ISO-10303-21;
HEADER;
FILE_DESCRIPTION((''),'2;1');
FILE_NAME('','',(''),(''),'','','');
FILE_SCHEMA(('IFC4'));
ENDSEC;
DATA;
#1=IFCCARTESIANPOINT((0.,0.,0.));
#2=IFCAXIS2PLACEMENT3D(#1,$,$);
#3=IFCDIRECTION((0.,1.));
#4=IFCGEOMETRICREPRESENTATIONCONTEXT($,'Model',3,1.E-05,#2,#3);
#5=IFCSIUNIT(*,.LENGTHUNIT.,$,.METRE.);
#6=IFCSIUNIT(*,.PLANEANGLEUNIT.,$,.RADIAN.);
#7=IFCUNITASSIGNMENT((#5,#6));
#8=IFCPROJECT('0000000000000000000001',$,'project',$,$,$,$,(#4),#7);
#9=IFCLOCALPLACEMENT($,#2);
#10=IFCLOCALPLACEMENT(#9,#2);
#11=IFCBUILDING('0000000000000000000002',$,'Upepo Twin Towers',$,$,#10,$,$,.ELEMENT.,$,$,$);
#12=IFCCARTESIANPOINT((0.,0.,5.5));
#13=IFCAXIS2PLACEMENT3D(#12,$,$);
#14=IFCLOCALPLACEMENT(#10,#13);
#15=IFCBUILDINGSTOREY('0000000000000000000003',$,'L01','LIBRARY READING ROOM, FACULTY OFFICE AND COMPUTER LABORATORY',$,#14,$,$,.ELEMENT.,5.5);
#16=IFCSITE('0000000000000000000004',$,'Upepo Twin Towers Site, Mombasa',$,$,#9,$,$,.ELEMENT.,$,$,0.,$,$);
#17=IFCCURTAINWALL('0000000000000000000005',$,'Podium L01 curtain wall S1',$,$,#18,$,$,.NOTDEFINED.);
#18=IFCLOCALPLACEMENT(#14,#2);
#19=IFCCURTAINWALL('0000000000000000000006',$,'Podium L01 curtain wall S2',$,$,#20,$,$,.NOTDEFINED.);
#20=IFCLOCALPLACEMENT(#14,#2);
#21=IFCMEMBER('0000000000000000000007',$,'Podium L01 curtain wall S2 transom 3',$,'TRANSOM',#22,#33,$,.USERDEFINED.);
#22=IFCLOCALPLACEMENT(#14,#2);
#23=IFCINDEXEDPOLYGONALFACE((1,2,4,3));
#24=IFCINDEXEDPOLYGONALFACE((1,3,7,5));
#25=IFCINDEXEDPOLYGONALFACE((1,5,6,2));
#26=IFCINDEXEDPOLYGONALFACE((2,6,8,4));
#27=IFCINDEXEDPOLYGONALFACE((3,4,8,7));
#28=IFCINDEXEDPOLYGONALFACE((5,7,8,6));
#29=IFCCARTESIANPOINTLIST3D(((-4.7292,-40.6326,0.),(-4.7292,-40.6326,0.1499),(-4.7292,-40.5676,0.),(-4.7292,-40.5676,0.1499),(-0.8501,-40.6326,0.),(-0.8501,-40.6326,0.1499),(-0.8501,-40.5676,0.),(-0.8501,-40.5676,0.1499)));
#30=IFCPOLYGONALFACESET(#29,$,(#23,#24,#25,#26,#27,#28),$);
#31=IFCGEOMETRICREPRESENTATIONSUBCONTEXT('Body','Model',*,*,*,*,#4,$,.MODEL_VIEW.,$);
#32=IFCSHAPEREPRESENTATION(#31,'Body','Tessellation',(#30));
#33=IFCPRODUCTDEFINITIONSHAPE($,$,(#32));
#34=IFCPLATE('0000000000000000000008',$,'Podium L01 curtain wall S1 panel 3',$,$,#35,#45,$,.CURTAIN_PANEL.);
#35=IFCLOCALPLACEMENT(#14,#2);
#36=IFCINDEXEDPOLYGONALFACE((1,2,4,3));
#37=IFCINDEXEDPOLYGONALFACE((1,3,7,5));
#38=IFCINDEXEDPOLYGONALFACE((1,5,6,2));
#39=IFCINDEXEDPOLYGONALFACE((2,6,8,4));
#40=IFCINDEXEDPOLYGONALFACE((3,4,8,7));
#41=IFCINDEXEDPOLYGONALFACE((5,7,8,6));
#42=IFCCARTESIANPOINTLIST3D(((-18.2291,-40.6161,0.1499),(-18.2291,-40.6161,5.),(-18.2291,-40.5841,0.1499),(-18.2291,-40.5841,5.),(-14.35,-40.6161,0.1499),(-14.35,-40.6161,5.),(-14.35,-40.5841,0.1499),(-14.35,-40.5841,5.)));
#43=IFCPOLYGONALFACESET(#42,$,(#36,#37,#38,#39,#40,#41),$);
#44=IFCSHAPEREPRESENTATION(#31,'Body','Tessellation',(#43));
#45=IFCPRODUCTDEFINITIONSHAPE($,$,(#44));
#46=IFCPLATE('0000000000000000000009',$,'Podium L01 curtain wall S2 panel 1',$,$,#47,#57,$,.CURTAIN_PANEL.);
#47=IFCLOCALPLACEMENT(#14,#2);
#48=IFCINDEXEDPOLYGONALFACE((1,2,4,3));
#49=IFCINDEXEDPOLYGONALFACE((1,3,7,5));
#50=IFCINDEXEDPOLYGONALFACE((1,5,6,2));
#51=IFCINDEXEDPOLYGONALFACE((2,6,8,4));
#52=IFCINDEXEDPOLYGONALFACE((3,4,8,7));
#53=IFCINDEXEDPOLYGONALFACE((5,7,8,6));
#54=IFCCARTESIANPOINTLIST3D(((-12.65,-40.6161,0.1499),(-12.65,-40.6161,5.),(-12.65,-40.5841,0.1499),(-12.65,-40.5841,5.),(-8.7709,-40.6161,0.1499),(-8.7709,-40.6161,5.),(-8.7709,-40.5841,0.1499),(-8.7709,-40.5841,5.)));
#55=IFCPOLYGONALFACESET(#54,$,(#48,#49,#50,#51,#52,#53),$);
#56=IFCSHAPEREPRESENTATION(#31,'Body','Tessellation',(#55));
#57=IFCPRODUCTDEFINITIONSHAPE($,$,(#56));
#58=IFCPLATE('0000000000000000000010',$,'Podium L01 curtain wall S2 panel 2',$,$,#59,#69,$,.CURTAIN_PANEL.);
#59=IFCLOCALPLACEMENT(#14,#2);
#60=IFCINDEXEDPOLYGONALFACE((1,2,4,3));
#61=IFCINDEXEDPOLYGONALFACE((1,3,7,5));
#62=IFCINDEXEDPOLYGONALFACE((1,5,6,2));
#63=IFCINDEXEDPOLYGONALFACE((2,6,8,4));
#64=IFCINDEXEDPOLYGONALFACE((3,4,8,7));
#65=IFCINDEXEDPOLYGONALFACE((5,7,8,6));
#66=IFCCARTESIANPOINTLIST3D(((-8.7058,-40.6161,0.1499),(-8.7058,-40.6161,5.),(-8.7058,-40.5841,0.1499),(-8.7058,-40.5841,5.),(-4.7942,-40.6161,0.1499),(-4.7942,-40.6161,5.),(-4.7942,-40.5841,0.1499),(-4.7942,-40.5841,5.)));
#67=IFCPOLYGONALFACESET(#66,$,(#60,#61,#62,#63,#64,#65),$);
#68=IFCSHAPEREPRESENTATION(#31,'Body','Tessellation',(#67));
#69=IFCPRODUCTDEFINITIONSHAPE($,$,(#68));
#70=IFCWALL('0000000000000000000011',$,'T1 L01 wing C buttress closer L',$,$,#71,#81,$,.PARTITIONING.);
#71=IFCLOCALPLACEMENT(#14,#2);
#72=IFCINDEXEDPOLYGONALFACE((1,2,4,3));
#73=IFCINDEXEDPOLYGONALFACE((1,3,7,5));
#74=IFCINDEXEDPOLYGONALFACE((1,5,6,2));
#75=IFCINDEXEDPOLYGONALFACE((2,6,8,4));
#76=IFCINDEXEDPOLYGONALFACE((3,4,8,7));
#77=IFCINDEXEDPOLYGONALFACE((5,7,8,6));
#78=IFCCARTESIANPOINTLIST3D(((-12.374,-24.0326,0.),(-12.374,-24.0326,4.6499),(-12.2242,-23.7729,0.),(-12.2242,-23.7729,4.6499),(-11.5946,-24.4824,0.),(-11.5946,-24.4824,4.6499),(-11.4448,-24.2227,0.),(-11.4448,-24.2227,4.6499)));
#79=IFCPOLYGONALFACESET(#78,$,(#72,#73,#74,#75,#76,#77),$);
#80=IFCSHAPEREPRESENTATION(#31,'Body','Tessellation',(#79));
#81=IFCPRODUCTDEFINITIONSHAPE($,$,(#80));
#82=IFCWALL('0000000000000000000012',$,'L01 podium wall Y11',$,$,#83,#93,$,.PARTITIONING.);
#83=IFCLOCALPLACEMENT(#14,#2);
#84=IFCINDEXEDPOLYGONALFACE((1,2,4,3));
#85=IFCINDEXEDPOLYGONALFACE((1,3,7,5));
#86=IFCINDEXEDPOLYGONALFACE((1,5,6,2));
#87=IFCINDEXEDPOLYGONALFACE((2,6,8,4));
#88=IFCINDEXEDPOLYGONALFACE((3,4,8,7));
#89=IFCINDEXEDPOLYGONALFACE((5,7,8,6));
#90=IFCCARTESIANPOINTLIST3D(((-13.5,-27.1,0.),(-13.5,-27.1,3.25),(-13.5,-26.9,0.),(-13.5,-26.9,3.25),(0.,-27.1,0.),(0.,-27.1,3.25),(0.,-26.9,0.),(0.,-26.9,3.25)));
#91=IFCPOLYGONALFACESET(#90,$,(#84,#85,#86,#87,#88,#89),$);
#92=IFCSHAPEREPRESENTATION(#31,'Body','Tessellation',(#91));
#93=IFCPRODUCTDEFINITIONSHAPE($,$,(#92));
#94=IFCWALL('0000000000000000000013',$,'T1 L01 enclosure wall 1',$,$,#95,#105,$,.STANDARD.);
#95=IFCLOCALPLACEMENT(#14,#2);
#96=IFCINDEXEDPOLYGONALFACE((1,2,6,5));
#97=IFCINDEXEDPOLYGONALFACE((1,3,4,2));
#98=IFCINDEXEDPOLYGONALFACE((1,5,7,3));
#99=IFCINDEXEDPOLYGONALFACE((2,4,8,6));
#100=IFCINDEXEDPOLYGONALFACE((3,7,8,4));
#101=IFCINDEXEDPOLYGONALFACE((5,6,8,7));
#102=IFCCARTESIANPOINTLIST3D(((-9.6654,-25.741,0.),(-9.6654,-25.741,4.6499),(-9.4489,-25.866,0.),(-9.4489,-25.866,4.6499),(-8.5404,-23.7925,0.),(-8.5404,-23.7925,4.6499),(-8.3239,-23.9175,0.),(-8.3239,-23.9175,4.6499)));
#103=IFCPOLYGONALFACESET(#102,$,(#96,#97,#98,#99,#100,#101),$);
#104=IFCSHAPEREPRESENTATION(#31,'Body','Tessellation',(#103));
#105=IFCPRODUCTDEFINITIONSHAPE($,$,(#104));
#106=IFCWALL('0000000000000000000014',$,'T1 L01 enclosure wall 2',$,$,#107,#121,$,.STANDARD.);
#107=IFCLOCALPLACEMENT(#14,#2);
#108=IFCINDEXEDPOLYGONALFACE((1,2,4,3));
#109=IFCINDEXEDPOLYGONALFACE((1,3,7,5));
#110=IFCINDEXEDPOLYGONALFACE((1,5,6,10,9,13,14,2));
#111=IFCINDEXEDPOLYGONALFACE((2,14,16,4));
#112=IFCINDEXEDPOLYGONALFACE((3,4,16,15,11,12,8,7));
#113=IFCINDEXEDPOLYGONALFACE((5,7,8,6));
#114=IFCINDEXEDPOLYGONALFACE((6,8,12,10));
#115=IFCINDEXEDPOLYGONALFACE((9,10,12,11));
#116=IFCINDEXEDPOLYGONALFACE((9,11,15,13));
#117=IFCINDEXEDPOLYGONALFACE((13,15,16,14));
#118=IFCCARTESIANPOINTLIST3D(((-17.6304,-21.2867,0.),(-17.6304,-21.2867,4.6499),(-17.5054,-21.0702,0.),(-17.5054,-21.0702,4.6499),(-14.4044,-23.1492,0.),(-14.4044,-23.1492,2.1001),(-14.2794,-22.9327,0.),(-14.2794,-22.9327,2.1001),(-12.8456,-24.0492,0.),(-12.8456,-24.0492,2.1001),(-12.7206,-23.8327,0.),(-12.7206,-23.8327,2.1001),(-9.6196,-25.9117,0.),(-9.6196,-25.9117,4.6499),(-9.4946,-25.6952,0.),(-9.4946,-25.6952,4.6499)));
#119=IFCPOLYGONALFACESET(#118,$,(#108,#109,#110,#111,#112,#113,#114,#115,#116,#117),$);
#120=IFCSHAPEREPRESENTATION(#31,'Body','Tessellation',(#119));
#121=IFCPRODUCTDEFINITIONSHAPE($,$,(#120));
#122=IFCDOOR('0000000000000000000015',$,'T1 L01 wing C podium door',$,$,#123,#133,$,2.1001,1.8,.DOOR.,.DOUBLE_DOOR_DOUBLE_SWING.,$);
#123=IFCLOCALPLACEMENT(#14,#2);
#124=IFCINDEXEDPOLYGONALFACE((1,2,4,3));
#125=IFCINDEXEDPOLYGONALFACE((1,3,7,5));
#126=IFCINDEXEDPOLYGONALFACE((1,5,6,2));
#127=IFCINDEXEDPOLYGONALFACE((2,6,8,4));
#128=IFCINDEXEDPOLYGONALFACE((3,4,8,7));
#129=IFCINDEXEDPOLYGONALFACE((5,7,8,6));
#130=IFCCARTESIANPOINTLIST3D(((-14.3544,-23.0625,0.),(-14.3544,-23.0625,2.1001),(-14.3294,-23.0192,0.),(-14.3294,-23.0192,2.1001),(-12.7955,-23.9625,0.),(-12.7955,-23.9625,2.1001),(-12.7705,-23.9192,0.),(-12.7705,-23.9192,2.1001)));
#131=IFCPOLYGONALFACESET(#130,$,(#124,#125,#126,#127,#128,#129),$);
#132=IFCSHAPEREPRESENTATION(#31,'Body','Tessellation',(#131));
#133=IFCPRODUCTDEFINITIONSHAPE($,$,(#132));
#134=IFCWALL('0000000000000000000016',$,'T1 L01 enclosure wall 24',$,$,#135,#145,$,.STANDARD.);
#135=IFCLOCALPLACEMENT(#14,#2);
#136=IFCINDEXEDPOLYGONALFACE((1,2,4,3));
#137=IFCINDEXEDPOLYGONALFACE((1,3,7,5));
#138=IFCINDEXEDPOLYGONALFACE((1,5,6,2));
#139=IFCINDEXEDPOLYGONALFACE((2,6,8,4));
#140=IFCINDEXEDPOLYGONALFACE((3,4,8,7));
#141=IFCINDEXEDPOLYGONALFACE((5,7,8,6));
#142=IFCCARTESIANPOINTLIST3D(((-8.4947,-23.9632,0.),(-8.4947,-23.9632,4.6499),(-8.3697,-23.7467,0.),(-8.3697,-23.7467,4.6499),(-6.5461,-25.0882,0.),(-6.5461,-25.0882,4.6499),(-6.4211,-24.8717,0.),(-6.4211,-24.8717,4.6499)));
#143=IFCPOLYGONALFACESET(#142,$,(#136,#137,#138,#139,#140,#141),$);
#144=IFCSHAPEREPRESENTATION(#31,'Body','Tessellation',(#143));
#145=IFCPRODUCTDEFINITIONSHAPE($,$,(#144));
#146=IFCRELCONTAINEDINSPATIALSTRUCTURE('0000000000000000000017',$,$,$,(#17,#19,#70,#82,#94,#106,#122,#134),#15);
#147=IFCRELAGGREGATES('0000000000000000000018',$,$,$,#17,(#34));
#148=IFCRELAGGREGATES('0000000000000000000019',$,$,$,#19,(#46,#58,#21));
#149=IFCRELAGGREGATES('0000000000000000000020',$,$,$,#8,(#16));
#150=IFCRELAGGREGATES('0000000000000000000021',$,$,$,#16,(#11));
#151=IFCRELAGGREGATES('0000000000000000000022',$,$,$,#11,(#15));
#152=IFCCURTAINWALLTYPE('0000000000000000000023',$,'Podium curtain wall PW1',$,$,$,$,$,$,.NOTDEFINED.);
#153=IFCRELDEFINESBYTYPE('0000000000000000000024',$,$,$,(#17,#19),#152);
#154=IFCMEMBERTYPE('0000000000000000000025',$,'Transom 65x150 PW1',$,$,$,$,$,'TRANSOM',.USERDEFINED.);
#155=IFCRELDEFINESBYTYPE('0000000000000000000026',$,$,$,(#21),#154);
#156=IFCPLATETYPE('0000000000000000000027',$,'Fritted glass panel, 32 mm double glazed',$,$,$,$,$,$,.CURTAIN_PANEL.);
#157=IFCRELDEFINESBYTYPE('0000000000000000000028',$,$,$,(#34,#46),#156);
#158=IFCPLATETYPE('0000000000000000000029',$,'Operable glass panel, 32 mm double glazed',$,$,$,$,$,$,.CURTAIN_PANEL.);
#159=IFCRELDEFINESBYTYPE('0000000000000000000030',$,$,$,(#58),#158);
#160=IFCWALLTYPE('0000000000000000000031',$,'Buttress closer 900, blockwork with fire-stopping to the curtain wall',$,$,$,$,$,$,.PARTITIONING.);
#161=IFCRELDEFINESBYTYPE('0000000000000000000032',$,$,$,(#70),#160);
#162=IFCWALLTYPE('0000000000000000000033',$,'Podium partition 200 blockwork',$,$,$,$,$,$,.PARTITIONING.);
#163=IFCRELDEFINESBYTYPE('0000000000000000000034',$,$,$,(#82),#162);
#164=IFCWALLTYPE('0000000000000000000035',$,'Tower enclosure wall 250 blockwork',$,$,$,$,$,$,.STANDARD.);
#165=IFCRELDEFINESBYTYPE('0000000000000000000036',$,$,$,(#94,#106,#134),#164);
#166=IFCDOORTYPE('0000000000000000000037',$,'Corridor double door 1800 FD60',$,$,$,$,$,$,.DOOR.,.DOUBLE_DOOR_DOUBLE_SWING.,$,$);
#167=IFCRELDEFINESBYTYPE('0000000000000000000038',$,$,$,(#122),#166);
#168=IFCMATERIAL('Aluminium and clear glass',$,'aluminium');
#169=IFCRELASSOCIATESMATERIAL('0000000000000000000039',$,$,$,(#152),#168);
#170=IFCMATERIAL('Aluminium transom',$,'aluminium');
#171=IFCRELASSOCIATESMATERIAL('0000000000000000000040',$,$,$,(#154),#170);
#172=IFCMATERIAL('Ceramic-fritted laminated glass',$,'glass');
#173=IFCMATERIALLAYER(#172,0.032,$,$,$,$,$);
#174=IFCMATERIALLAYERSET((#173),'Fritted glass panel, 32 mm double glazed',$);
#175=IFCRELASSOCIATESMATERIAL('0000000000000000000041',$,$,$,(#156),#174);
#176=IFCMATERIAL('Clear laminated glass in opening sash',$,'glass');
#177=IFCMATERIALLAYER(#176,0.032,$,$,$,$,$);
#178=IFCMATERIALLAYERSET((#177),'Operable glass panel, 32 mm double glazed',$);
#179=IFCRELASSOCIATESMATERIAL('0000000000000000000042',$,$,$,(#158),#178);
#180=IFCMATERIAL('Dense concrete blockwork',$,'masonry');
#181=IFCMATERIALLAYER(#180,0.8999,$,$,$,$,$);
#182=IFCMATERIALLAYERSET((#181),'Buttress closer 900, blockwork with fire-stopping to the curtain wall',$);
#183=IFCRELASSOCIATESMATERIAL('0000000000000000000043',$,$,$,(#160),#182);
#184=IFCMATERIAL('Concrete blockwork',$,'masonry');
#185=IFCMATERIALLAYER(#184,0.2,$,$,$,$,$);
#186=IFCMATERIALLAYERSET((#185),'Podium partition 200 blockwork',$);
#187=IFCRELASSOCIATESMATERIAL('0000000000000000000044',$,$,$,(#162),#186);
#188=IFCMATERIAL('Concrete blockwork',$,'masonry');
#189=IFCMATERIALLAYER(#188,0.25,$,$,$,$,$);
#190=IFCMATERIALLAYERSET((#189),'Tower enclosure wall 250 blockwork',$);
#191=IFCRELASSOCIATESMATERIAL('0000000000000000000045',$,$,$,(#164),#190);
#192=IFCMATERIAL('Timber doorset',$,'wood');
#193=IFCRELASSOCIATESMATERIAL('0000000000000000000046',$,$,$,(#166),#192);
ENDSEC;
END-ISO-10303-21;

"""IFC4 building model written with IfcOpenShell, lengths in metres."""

from ifc_helpers import new_model, si_unit, direction, frame, frame_2d, origin, origin_2d, place, context, subcontext, project, spatial, rectangle, extrude, material, layer, layer_set, material_profile, profile_set, type_object, element, fill, aggregate, save


model = new_model("IFC4")

# Units and contexts
model_context = context("Model", 3, precision=1e-05, world=origin(), true_north=direction((0.0, 1.0)))
body_context = subcontext(model_context, "Body", "Model", "MODEL_VIEW")
ifc_project = project(units=[si_unit("LENGTHUNIT", "METRE"), si_unit("PLANEANGLEUNIT", "RADIAN")], contexts=[model_context])

# Site, building, storey
site_placement = place(None, origin())
site = spatial("IfcSite", under=ifc_project, at=site_placement, Name="Upepo Twin Towers Site, Mombasa", CompositionType="ELEMENT", RefElevation=0.0)
building_placement = place(site_placement, origin())
building = spatial("IfcBuilding", under=site, at=building_placement, Name="Upepo Twin Towers", CompositionType="ELEMENT")
storey_placement = place(building_placement, frame((0.0, 0.0, 5.5)))
storey = spatial("IfcBuildingStorey", under=building, at=storey_placement, Name="L01", Description="LIBRARY READING ROOM, FACULTY OFFICE AND COMPUTER LABORATORY", CompositionType="ELEMENT", Elevation=5.5)

# Curtain wall
ifc_material_1 = material(Name="Aluminium and clear glass", Category="aluminium")
curtain_wall_type = type_object("IfcCurtainWallType", Name="Podium curtain wall PW1", PredefinedType="NOTDEFINED", material=ifc_material_1)
curtain_wall_1_placement = place(storey_placement, origin())
curtain_wall_1 = element("IfcCurtainWall", 1, at=curtain_wall_1_placement, inside=storey, type_object=curtain_wall_type, Name="Podium L01 curtain wall S1", PredefinedType="NOTDEFINED")

# Curtain wall
curtain_wall_2_placement = place(storey_placement, origin())
curtain_wall_2 = element("IfcCurtainWall", 2, at=curtain_wall_2_placement, inside=storey, type_object=curtain_wall_type, Name="Podium L01 curtain wall S2", PredefinedType="NOTDEFINED")

# Member
ifc_material_2 = material(Name="Aluminium transom", Category="aluminium")
ifc_material_profile_1 = material_profile(ifc_material_2, rectangle(XDim=0.0649, YDim=0.1499, at=origin_2d()), Name="TRANSOM 65x150 PODIUM")
ifc_profile_set_1 = profile_set([ifc_material_profile_1], Name="Aluminium transom")
member_type_1 = type_object("IfcMemberType", Name="Transom 65x150 PW1", ElementType="TRANSOM", PredefinedType="USERDEFINED", material=ifc_profile_set_1)
member_1_placement = place(storey_placement, frame((-4.7292, -40.6001, 0.075), z_axis=(1.0, 0.0, 0.0), x_axis=(0.0, 1.0, 0.0)))
member_1 = element("IfcMember", 3, at=member_1_placement, type_object=member_type_1, Name="Podium L01 curtain wall S2 transom 3", ObjectType="TRANSOM", PredefinedType="USERDEFINED", context=body_context, shape_type="SweptSolid", body=[
    extrude(rectangle(XDim=0.0649, YDim=0.1499, at=origin_2d()), origin(), (0.0, 0.0, 1.0), 3.8792),
])

# Plates
ifc_material_3 = material(Name="Ceramic-fritted laminated glass", Category="glass")
ifc_layer_1 = layer(ifc_material_3, 0.032)
ifc_layer_set_1 = layer_set([ifc_layer_1], Name="Fritted glass panel, 32 mm double glazed")
plate_type_1 = type_object("IfcPlateType", Name="Fritted glass panel, 32 mm double glazed", PredefinedType="CURTAIN_PANEL", material=ifc_layer_set_1)
plate_1_placement = place(storey_placement, frame((-16.2896, -40.6001, 0.1499), z_axis=(0.0, 0.0, 1.0), x_axis=(1.0, 0.0, 0.0)))
plate_1 = element("IfcPlate", 4, at=plate_1_placement, type_object=plate_type_1, Name="Podium L01 curtain wall S1 panel 3", PredefinedType="CURTAIN_PANEL", context=body_context, shape_type="SweptSolid", body=[
    extrude(rectangle(XDim=3.8792, YDim=0.032, at=origin_2d()), origin(), (0.0, 0.0, 1.0), 4.8501),
])
aggregate(curtain_wall_1, [plate_1])
plate_2_placement = place(storey_placement, frame((-10.7104, -40.6001, 0.1499), z_axis=(0.0, 0.0, 1.0), x_axis=(1.0, 0.0, 0.0)))
plate_2 = element("IfcPlate", 5, at=plate_2_placement, type_object=plate_type_1, Name="Podium L01 curtain wall S2 panel 1", PredefinedType="CURTAIN_PANEL", context=body_context, shape_type="SweptSolid", body=[
    extrude(rectangle(XDim=3.8792, YDim=0.032, at=origin_2d()), origin(), (0.0, 0.0, 1.0), 4.8501),
])
ifc_material_4 = material(Name="Clear laminated glass in opening sash", Category="glass")
ifc_layer_2 = layer(ifc_material_4, 0.032)
ifc_layer_set_2 = layer_set([ifc_layer_2], Name="Operable glass panel, 32 mm double glazed")
plate_type_2 = type_object("IfcPlateType", Name="Operable glass panel, 32 mm double glazed", PredefinedType="CURTAIN_PANEL", material=ifc_layer_set_2)
plate_3_placement = place(storey_placement, frame((-6.75, -40.6001, 0.1499), z_axis=(0.0, 0.0, 1.0), x_axis=(1.0, 0.0, 0.0)))
plate_3 = element("IfcPlate", 6, at=plate_3_placement, type_object=plate_type_2, Name="Podium L01 curtain wall S2 panel 2", PredefinedType="CURTAIN_PANEL", context=body_context, shape_type="SweptSolid", body=[
    extrude(rectangle(XDim=3.9116, YDim=0.032, at=origin_2d()), origin(), (0.0, 0.0, 1.0), 4.8501),
])
aggregate(curtain_wall_2, [plate_2, plate_3, member_1])

# Walls
ifc_material_5 = material(Name="Dense concrete blockwork", Category="masonry")
ifc_layer_3 = layer(ifc_material_5, 0.8999)
ifc_layer_set_3 = layer_set([ifc_layer_3], Name="Buttress closer 900, blockwork with fire-stopping to the curtain wall")
wall_type_1 = type_object("IfcWallType", Name="Buttress closer 900, blockwork with fire-stopping to the curtain wall", PredefinedType="PARTITIONING", material=ifc_layer_set_3)
wall_1_placement = place(storey_placement, frame((-11.8345, -23.9978, 0.0), z_axis=(0.0, 0.0, 1.0), x_axis=(-0.499816, -0.866131, 0.0)))
element("IfcWall", 7, at=wall_1_placement, inside=storey, type_object=wall_type_1, Name="T1 L01 wing C buttress closer L", PredefinedType="PARTITIONING", context=body_context, shape_type="SweptSolid", body=[
    extrude(rectangle(XDim=0.2998, YDim=0.8999, at=frame_2d((0.1499, 0.0))), origin(), (0.0, 0.0, 1.0), 4.6499),
])
ifc_material_6 = material(Name="Concrete blockwork", Category="masonry")
ifc_layer_4 = layer(ifc_material_6, 0.2)
ifc_layer_set_4 = layer_set([ifc_layer_4], Name="Podium partition 200 blockwork")
wall_type_2 = type_object("IfcWallType", Name="Podium partition 200 blockwork", PredefinedType="PARTITIONING", material=ifc_layer_set_4)
wall_2_placement = place(storey_placement, frame((-13.5, -27.0, 0.0), z_axis=(0.0, 0.0, 1.0), x_axis=(1.0, 0.0, 0.0)))
element("IfcWall", 8, at=wall_2_placement, inside=storey, type_object=wall_type_2, Name="L01 podium wall Y11", PredefinedType="PARTITIONING", context=body_context, shape_type="SweptSolid", body=[
    extrude(rectangle(XDim=13.5, YDim=0.2, at=frame_2d((6.75, 0.0))), origin(), (0.0, 0.0, 1.0), 3.25),
])
ifc_material_7 = material(Name="Concrete blockwork", Category="masonry")
ifc_layer_5 = layer(ifc_material_7, 0.25)
ifc_layer_set_5 = layer_set([ifc_layer_5], Name="Tower enclosure wall 250 blockwork")
wall_type_3 = type_object("IfcWallType", Name="Tower enclosure wall 250 blockwork", PredefinedType="STANDARD", material=ifc_layer_set_5)
wall_3_placement = place(storey_placement, frame((-8.4321, -23.855, 0.0), z_axis=(0.0, 0.0, 1.0), x_axis=(-0.500014, -0.866018, 0.0)))
element("IfcWall", 9, at=wall_3_placement, inside=storey, type_object=wall_type_3, Name="T1 L01 enclosure wall 1", PredefinedType="STANDARD", context=body_context, shape_type="SweptSolid", body=[
    extrude(rectangle(XDim=2.25, YDim=0.25, at=frame_2d((1.125, 0.0))), origin(), (0.0, 0.0, 1.0), 4.6499),
])

# Wall, opening, door
wall_4_placement = place(storey_placement, frame((-9.5571, -25.8035, 0.0), z_axis=(0.0, 0.0, 1.0), x_axis=(-0.866026, 0.5, 0.0)))
wall_4 = element("IfcWall", 10, at=wall_4_placement, inside=storey, type_object=wall_type_3, Name="T1 L01 enclosure wall 2", PredefinedType="STANDARD", context=body_context, shape_type="SweptSolid", body=[
    extrude(rectangle(XDim=9.25, YDim=0.25, at=frame_2d((4.625, 0.0))), origin(), (0.0, 0.0, 1.0), 4.6499),
])
opening_placement = place(wall_4_placement, frame((3.7251, 0.0, 0.0)))
opening = element("IfcOpeningElement", 11, at=opening_placement, cuts=wall_4, PredefinedType="OPENING", context=body_context, shape_type="SweptSolid", body=[
    extrude(rectangle(XDim=1.8, YDim=2.1001, at=frame_2d((0.8999, 1.05))), frame((0.0, 0.135, 0.0), z_axis=(0.0, -1.0, 0.0), x_axis=(1.0, 0.0, 0.0)), (0.0, 0.0, 1.0), 0.27),
])
ifc_material_8 = material(Name="Timber doorset", Category="wood")
door_type = type_object("IfcDoorType", Name="Corridor double door 1800 FD60", OperationType="DOUBLE_DOOR_DOUBLE_SWING", PredefinedType="DOOR", material=ifc_material_8)
door_placement = place(opening_placement, origin())
door = element("IfcDoor", 12, at=door_placement, inside=storey, type_object=door_type, Name="T1 L01 wing C podium door", OperationType="DOUBLE_DOOR_DOUBLE_SWING", OverallHeight=2.1001, OverallWidth=1.8, PredefinedType="DOOR", context=body_context, shape_type="SweptSolid", body=[
    extrude(rectangle(XDim=1.8, YDim=2.1001, at=frame_2d((0.8999, 1.05))), frame((0.0, 0.0249, 0.0), z_axis=(0.0, -1.0, 0.0), x_axis=(1.0, 0.0, 0.0)), (0.0, 0.0, 1.0), 0.05),
])
fill(opening, door)

# Wall
wall_5_placement = place(storey_placement, frame((-6.4836, -24.98, 0.0), z_axis=(0.0, 0.0, 1.0), x_axis=(-0.866018, 0.500014, 0.0)))
element("IfcWall", 13, at=wall_5_placement, inside=storey, type_object=wall_type_3, Name="T1 L01 enclosure wall 24", PredefinedType="STANDARD", context=body_context, shape_type="SweptSolid", body=[
    extrude(rectangle(XDim=2.25, YDim=0.25, at=frame_2d((1.125, 0.0))), origin(), (0.0, 0.0, 1.0), 4.6499),
])

save(model, "model.ifc")
